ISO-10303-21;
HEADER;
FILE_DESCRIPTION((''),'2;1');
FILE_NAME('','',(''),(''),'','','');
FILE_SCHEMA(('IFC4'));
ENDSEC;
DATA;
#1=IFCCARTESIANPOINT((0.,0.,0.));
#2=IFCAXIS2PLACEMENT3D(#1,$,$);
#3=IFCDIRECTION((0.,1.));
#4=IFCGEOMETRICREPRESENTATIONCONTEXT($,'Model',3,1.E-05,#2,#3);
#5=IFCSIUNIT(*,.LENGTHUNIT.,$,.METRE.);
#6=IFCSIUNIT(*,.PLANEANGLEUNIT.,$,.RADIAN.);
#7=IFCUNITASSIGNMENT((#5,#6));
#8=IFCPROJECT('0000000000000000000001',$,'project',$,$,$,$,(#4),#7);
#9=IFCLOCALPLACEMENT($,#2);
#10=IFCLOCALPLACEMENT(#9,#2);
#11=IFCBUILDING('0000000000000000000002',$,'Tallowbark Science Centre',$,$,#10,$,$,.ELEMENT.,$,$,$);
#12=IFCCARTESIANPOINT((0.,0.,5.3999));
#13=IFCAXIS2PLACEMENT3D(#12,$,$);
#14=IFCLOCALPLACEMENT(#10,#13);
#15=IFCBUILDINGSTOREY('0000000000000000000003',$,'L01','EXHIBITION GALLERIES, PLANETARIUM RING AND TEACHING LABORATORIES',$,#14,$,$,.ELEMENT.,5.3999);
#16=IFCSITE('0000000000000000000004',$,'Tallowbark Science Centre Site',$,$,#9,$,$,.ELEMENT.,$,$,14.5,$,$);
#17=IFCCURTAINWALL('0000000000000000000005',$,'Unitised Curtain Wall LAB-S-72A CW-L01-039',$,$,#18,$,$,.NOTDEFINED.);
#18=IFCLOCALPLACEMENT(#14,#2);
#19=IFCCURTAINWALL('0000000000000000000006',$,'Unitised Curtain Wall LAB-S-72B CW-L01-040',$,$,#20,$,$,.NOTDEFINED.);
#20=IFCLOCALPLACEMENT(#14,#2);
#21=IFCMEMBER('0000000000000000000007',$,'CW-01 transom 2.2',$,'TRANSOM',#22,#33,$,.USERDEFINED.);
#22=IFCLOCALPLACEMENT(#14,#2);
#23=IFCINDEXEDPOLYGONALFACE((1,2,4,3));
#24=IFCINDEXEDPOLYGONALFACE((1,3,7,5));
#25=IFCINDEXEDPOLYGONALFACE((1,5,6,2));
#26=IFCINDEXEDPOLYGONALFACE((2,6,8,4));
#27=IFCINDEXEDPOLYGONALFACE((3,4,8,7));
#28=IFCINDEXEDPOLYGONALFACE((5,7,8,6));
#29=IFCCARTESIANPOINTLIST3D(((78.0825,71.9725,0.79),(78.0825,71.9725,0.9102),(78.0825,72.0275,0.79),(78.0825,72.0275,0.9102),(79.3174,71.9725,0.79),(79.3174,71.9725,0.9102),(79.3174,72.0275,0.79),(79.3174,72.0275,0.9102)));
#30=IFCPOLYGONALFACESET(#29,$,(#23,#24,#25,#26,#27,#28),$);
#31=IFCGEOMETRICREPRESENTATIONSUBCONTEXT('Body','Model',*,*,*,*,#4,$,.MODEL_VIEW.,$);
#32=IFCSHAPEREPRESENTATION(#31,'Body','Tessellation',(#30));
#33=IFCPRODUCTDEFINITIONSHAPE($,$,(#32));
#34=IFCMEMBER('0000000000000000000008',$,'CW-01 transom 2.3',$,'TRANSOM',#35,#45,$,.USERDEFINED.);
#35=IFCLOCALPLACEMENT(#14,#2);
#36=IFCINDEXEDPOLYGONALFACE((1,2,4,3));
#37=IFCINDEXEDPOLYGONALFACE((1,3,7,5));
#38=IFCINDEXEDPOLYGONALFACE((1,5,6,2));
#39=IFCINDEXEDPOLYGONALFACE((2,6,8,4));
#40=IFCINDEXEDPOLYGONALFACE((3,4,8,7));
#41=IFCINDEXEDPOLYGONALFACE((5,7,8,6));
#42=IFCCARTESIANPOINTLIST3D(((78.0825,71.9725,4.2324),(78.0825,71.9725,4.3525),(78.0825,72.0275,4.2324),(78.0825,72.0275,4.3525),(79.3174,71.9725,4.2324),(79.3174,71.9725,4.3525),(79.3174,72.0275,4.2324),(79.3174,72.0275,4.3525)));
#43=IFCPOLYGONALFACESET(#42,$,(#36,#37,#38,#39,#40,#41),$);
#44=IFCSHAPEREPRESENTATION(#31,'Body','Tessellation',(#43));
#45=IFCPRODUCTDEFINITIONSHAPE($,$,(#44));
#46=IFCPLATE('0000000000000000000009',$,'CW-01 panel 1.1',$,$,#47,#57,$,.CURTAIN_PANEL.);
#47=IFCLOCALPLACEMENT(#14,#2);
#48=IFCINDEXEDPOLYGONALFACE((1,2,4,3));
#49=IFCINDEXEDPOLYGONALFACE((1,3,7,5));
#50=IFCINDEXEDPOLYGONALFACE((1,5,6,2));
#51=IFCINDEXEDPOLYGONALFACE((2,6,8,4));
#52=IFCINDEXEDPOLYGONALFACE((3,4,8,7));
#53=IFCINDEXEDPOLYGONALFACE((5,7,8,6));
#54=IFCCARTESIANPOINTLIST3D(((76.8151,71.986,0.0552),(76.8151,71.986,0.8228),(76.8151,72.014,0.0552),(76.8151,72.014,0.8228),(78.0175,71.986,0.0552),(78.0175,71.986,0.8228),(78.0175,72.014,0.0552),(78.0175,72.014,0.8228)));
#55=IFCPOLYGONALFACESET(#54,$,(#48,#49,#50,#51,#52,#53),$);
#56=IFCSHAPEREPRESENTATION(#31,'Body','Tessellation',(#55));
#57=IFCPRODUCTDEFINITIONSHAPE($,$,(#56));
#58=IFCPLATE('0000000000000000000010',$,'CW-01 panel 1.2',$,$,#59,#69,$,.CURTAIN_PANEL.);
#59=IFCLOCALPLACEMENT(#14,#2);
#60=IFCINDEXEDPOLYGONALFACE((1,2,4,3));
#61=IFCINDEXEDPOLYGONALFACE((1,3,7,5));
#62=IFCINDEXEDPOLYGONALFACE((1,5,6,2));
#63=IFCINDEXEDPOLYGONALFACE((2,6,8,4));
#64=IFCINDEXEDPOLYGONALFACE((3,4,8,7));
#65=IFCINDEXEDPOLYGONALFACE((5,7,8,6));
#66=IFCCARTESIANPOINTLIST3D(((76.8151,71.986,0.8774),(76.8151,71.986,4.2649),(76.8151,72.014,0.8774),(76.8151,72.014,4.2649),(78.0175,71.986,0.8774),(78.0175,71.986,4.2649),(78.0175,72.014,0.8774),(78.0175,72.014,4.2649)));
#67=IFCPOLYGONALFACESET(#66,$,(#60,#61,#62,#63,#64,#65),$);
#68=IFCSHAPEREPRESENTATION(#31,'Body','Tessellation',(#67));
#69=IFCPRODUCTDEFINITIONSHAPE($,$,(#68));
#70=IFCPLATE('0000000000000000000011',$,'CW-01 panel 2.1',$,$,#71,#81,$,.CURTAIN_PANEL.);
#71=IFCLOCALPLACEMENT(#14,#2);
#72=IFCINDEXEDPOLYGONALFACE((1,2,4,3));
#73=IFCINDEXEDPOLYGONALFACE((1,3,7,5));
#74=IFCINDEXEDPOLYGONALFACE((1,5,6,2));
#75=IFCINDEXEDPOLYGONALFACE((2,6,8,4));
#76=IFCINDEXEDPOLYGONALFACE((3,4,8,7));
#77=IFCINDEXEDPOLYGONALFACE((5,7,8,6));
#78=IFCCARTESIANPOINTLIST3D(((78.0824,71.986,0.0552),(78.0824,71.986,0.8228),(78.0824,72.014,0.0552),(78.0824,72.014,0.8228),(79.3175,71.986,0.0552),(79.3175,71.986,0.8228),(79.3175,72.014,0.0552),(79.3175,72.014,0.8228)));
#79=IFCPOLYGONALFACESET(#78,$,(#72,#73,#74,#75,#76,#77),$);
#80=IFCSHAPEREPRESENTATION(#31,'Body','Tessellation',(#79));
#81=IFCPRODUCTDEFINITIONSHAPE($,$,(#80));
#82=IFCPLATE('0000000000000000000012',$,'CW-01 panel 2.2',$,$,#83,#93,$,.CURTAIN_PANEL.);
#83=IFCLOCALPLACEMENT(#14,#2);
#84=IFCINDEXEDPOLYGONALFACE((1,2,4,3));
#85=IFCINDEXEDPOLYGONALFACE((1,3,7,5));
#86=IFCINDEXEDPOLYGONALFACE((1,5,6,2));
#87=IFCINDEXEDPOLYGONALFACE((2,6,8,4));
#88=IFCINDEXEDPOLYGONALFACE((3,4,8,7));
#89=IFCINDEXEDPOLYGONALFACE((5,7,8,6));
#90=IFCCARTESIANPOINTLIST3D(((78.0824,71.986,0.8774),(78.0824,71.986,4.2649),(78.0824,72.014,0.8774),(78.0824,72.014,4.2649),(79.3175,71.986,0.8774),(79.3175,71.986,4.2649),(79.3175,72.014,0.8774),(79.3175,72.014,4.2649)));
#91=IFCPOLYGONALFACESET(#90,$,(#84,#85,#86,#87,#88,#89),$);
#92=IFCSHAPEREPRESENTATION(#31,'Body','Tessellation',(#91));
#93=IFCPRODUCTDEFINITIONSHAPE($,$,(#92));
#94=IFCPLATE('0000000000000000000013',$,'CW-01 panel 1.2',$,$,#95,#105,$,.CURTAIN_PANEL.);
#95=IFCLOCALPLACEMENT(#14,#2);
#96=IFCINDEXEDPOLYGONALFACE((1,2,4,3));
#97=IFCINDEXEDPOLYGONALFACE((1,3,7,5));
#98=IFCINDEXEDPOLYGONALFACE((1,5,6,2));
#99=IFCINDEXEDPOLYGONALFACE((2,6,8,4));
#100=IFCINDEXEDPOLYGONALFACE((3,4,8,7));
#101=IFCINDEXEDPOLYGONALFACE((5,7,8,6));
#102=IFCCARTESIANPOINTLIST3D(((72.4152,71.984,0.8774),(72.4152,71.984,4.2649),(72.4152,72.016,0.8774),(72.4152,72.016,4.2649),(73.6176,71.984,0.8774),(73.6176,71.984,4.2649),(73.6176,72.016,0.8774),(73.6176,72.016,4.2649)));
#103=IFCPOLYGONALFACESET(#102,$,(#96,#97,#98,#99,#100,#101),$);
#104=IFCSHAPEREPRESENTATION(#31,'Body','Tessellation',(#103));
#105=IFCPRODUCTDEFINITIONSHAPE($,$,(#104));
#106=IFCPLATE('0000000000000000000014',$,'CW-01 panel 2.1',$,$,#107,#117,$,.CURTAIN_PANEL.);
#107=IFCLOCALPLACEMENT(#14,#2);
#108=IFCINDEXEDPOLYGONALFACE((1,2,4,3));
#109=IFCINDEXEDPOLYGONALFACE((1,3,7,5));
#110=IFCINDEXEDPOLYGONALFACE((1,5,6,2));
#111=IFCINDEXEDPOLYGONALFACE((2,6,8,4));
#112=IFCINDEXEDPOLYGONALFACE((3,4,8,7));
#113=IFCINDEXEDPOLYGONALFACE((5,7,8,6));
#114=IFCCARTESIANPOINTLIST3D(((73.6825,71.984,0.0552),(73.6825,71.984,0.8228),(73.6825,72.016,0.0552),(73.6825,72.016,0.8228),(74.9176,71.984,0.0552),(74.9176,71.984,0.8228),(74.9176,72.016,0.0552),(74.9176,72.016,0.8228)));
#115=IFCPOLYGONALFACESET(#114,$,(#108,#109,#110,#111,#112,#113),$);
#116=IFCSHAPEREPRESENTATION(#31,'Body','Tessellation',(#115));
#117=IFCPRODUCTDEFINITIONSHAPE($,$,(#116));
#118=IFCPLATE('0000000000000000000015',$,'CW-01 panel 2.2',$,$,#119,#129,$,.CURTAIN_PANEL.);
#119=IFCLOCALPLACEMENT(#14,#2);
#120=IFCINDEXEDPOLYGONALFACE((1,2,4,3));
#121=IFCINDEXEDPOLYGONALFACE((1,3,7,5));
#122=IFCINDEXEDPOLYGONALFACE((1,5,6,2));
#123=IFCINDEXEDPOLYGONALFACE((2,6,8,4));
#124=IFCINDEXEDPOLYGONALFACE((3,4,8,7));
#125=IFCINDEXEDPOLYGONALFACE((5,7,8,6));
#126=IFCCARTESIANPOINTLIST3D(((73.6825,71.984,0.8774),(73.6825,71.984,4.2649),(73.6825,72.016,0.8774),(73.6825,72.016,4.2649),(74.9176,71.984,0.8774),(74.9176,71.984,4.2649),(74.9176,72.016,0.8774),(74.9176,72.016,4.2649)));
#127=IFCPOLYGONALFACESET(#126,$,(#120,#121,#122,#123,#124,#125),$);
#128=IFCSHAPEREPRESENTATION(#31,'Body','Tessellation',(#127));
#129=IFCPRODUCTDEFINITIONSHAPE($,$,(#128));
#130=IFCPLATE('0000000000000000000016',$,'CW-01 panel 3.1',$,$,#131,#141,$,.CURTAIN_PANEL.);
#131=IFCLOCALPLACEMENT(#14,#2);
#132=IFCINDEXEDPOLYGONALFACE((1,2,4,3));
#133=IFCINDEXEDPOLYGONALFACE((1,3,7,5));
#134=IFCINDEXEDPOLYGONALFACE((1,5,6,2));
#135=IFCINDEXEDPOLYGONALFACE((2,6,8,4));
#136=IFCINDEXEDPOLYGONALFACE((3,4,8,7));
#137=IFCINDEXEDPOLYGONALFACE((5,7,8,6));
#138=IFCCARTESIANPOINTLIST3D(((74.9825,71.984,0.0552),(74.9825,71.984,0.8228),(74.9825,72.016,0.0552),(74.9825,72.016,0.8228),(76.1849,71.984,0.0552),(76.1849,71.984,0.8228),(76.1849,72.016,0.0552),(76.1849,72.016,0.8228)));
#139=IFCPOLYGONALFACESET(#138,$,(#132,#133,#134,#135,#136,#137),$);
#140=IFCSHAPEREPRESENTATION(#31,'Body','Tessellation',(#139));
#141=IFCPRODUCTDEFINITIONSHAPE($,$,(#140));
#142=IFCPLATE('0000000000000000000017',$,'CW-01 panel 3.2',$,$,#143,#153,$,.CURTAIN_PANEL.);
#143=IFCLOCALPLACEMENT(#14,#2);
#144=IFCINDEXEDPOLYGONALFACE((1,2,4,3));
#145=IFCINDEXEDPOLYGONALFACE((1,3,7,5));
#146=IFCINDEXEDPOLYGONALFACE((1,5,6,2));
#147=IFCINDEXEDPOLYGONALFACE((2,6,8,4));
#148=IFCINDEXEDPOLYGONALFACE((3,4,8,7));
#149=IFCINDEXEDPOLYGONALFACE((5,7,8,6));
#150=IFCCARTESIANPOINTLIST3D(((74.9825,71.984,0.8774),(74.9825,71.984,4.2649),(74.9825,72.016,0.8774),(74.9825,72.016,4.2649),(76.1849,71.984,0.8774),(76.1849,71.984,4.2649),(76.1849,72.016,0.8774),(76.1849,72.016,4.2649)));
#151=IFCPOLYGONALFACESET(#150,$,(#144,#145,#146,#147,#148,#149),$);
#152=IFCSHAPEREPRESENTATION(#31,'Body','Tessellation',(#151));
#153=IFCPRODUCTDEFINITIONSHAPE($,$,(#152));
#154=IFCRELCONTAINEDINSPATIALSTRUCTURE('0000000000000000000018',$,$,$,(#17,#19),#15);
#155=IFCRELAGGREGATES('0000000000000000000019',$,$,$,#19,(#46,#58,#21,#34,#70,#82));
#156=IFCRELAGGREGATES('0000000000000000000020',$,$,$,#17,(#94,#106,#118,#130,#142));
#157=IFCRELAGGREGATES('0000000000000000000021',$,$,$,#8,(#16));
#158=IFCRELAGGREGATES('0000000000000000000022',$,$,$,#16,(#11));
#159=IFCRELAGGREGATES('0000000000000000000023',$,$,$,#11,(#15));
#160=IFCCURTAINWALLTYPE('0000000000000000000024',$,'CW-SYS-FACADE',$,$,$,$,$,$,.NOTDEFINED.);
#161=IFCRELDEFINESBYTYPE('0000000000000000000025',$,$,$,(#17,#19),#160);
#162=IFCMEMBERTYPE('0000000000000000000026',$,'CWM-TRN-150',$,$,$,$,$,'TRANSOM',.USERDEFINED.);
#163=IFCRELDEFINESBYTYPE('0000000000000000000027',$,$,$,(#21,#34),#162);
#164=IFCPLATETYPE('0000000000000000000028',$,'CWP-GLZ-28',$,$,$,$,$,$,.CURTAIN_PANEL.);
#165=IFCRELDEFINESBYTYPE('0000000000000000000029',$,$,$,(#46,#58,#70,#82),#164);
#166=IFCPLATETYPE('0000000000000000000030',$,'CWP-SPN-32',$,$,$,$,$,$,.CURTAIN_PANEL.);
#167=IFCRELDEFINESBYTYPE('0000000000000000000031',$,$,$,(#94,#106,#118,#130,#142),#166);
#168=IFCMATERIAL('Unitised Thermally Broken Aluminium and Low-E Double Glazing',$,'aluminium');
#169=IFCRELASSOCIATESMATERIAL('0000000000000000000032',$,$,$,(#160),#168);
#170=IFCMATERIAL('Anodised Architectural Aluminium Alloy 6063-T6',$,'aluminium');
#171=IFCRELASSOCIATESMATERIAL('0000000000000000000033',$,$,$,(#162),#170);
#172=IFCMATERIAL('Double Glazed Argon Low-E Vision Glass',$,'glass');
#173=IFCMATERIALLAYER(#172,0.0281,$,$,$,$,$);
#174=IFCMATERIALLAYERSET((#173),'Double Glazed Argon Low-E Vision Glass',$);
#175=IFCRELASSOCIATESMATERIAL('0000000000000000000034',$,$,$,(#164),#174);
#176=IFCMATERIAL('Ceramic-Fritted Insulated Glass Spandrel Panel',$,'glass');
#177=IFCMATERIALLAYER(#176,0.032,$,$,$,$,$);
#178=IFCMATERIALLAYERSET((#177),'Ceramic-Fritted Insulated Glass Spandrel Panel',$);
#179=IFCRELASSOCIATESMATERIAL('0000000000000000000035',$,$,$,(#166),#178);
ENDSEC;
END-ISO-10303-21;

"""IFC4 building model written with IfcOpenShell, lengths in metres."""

from ifc_helpers import new_model, si_unit, direction, frame, origin, origin_2d, place, context, subcontext, project, spatial, rectangle, extrude, material, layer, layer_set, material_profile, profile_set, type_object, element, aggregate, save


model = new_model("IFC4")

# Units and contexts
model_context = context("Model", 3, precision=1e-05, world=origin(), true_north=direction((0.0, 1.0)))
body_context = subcontext(model_context, "Body", "Model", "MODEL_VIEW")
ifc_project = project(units=[si_unit("LENGTHUNIT", "METRE"), si_unit("PLANEANGLEUNIT", "RADIAN")], contexts=[model_context])

# Site, building, storey
site_placement = place(None, origin())
site = spatial("IfcSite", under=ifc_project, at=site_placement, Name="Tallowbark Science Centre Site", CompositionType="ELEMENT", RefElevation=14.5)
building_placement = place(site_placement, origin())
building = spatial("IfcBuilding", under=site, at=building_placement, Name="Tallowbark Science Centre", CompositionType="ELEMENT")
storey_placement = place(building_placement, frame((0.0, 0.0, 5.3999)))
storey = spatial("IfcBuildingStorey", under=building, at=storey_placement, Name="L01", Description="EXHIBITION GALLERIES, PLANETARIUM RING AND TEACHING LABORATORIES", CompositionType="ELEMENT", Elevation=5.3999)

# Curtain walls
ifc_material_1 = material(Name="Unitised Thermally Broken Aluminium and Low-E Double Glazing", Category="aluminium")
curtain_wall_type = type_object("IfcCurtainWallType", Name="CW-SYS-FACADE", PredefinedType="NOTDEFINED", material=ifc_material_1)
curtain_wall_1_placement = place(storey_placement, origin())
curtain_wall_1 = element("IfcCurtainWall", 1, at=curtain_wall_1_placement, inside=storey, type_object=curtain_wall_type, Name="Unitised Curtain Wall LAB-S-72A CW-L01-039", PredefinedType="NOTDEFINED")
ifc_material_2 = material(Name="Anodised Architectural Aluminium Alloy 6063-T6", Category="aluminium")
curtain_wall_2_placement = place(storey_placement, origin())
curtain_wall_2 = element("IfcCurtainWall", 2, at=curtain_wall_2_placement, inside=storey, type_object=curtain_wall_type, Name="Unitised Curtain Wall LAB-S-72B CW-L01-040", PredefinedType="NOTDEFINED")

# Members
ifc_material_profile_1 = material_profile(ifc_material_2, rectangle(XDim=0.0549, YDim=0.1201, at=origin_2d()), Name="ALU55x120")
ifc_profile_set_1 = profile_set([ifc_material_profile_1], Name="Anodised Architectural Aluminium Alloy 6063-T6")
member_type_1 = type_object("IfcMemberType", Name="CWM-TRN-150", ElementType="TRANSOM", PredefinedType="USERDEFINED", material=ifc_profile_set_1)
member_1_placement = place(storey_placement, frame((78.0825, 72.0, 0.8501), z_axis=(1.0, 0.0, 0.0), x_axis=(0.0, 1.0, 0.0)))
member_1 = element("IfcMember", 3, at=member_1_placement, type_object=member_type_1, Name="CW-01 transom 2.2", ObjectType="TRANSOM", PredefinedType="USERDEFINED", context=body_context, shape_type="SweptSolid", body=[
    extrude(rectangle(XDim=0.0549, YDim=0.1201, at=origin_2d()), origin(), (0.0, 0.0, 1.0), 1.2349),
])
member_2_placement = place(storey_placement, frame((78.0825, 72.0, 4.2925), z_axis=(1.0, 0.0, 0.0), x_axis=(0.0, 1.0, 0.0)))
member_2 = element("IfcMember", 4, at=member_2_placement, type_object=member_type_1, Name="CW-01 transom 2.3", ObjectType="TRANSOM", PredefinedType="USERDEFINED", context=body_context, shape_type="SweptSolid", body=[
    extrude(rectangle(XDim=0.0549, YDim=0.1201, at=origin_2d()), origin(), (0.0, 0.0, 1.0), 1.2349),
])

# Plates
ifc_material_3 = material(Name="Double Glazed Argon Low-E Vision Glass", Category="glass")
ifc_layer_1 = layer(ifc_material_3, 0.0281)
ifc_layer_set_1 = layer_set([ifc_layer_1], Name="Double Glazed Argon Low-E Vision Glass")
plate_type_1 = type_object("IfcPlateType", Name="CWP-GLZ-28", PredefinedType="CURTAIN_PANEL", material=ifc_layer_set_1)
plate_1_placement = place(storey_placement, frame((77.4163, 72.0, 0.0552), z_axis=(0.0, 0.0, 1.0), x_axis=(1.0, 0.0, 0.0)))
plate_1 = element("IfcPlate", 5, at=plate_1_placement, type_object=plate_type_1, Name="CW-01 panel 1.1", PredefinedType="CURTAIN_PANEL", context=body_context, shape_type="SweptSolid", body=[
    extrude(rectangle(XDim=1.2024, YDim=0.0281, at=origin_2d()), origin(), (0.0, 0.0, 1.0), 0.7676),
])
plate_2_placement = place(storey_placement, frame((77.4163, 72.0, 0.8774), z_axis=(0.0, 0.0, 1.0), x_axis=(1.0, 0.0, 0.0)))
plate_2 = element("IfcPlate", 6, at=plate_2_placement, type_object=plate_type_1, Name="CW-01 panel 1.2", PredefinedType="CURTAIN_PANEL", context=body_context, shape_type="SweptSolid", body=[
    extrude(rectangle(XDim=1.2024, YDim=0.0281, at=origin_2d()), origin(), (0.0, 0.0, 1.0), 3.3875),
])
plate_3_placement = place(storey_placement, frame((78.7, 72.0, 0.0552), z_axis=(0.0, 0.0, 1.0), x_axis=(1.0, 0.0, 0.0)))
plate_3 = element("IfcPlate", 7, at=plate_3_placement, type_object=plate_type_1, Name="CW-01 panel 2.1", PredefinedType="CURTAIN_PANEL", context=body_context, shape_type="SweptSolid", body=[
    extrude(rectangle(XDim=1.2351, YDim=0.0281, at=origin_2d()), origin(), (0.0, 0.0, 1.0), 0.7676),
])
plate_4_placement = place(storey_placement, frame((78.7, 72.0, 0.8774), z_axis=(0.0, 0.0, 1.0), x_axis=(1.0, 0.0, 0.0)))
plate_4 = element("IfcPlate", 8, at=plate_4_placement, type_object=plate_type_1, Name="CW-01 panel 2.2", PredefinedType="CURTAIN_PANEL", context=body_context, shape_type="SweptSolid", body=[
    extrude(rectangle(XDim=1.2351, YDim=0.0281, at=origin_2d()), origin(), (0.0, 0.0, 1.0), 3.3875),
])
aggregate(curtain_wall_2, [plate_1, plate_2, member_1, member_2, plate_3, plate_4])
ifc_material_4 = material(Name="Ceramic-Fritted Insulated Glass Spandrel Panel", Category="glass")
ifc_layer_2 = layer(ifc_material_4, 0.032)
ifc_layer_set_2 = layer_set([ifc_layer_2], Name="Ceramic-Fritted Insulated Glass Spandrel Panel")
plate_type_2 = type_object("IfcPlateType", Name="CWP-SPN-32", PredefinedType="CURTAIN_PANEL", material=ifc_layer_set_2)
plate_5_placement = place(storey_placement, frame((73.0164, 72.0, 0.8774), z_axis=(0.0, 0.0, 1.0), x_axis=(1.0, 0.0, 0.0)))
plate_5 = element("IfcPlate", 9, at=plate_5_placement, type_object=plate_type_2, Name="CW-01 panel 1.2", PredefinedType="CURTAIN_PANEL", context=body_context, shape_type="SweptSolid", body=[
    extrude(rectangle(XDim=1.2024, YDim=0.032, at=origin_2d()), origin(), (0.0, 0.0, 1.0), 3.3875),
])
plate_6_placement = place(storey_placement, frame((74.3, 72.0, 0.0552), z_axis=(0.0, 0.0, 1.0), x_axis=(1.0, 0.0, 0.0)))
plate_6 = element("IfcPlate", 10, at=plate_6_placement, type_object=plate_type_2, Name="CW-01 panel 2.1", PredefinedType="CURTAIN_PANEL", context=body_context, shape_type="SweptSolid", body=[
    extrude(rectangle(XDim=1.2351, YDim=0.032, at=origin_2d()), origin(), (0.0, 0.0, 1.0), 0.7676),
])
plate_7_placement = place(storey_placement, frame((74.3, 72.0, 0.8774), z_axis=(0.0, 0.0, 1.0), x_axis=(1.0, 0.0, 0.0)))
plate_7 = element("IfcPlate", 11, at=plate_7_placement, type_object=plate_type_2, Name="CW-01 panel 2.2", PredefinedType="CURTAIN_PANEL", context=body_context, shape_type="SweptSolid", body=[
    extrude(rectangle(XDim=1.2351, YDim=0.032, at=origin_2d()), origin(), (0.0, 0.0, 1.0), 3.3875),
])
plate_8_placement = place(storey_placement, frame((75.5837, 72.0, 0.0552), z_axis=(0.0, 0.0, 1.0), x_axis=(1.0, 0.0, 0.0)))
plate_8 = element("IfcPlate", 12, at=plate_8_placement, type_object=plate_type_2, Name="CW-01 panel 3.1", PredefinedType="CURTAIN_PANEL", context=body_context, shape_type="SweptSolid", body=[
    extrude(rectangle(XDim=1.2024, YDim=0.032, at=origin_2d()), origin(), (0.0, 0.0, 1.0), 0.7676),
])
plate_9_placement = place(storey_placement, frame((75.5837, 72.0, 0.8774), z_axis=(0.0, 0.0, 1.0), x_axis=(1.0, 0.0, 0.0)))
plate_9 = element("IfcPlate", 13, at=plate_9_placement, type_object=plate_type_2, Name="CW-01 panel 3.2", PredefinedType="CURTAIN_PANEL", context=body_context, shape_type="SweptSolid", body=[
    extrude(rectangle(XDim=1.2024, YDim=0.032, at=origin_2d()), origin(), (0.0, 0.0, 1.0), 3.3875),
])
aggregate(curtain_wall_1, [plate_5, plate_6, plate_7, plate_8, plate_9])

save(model, "model.ifc")
